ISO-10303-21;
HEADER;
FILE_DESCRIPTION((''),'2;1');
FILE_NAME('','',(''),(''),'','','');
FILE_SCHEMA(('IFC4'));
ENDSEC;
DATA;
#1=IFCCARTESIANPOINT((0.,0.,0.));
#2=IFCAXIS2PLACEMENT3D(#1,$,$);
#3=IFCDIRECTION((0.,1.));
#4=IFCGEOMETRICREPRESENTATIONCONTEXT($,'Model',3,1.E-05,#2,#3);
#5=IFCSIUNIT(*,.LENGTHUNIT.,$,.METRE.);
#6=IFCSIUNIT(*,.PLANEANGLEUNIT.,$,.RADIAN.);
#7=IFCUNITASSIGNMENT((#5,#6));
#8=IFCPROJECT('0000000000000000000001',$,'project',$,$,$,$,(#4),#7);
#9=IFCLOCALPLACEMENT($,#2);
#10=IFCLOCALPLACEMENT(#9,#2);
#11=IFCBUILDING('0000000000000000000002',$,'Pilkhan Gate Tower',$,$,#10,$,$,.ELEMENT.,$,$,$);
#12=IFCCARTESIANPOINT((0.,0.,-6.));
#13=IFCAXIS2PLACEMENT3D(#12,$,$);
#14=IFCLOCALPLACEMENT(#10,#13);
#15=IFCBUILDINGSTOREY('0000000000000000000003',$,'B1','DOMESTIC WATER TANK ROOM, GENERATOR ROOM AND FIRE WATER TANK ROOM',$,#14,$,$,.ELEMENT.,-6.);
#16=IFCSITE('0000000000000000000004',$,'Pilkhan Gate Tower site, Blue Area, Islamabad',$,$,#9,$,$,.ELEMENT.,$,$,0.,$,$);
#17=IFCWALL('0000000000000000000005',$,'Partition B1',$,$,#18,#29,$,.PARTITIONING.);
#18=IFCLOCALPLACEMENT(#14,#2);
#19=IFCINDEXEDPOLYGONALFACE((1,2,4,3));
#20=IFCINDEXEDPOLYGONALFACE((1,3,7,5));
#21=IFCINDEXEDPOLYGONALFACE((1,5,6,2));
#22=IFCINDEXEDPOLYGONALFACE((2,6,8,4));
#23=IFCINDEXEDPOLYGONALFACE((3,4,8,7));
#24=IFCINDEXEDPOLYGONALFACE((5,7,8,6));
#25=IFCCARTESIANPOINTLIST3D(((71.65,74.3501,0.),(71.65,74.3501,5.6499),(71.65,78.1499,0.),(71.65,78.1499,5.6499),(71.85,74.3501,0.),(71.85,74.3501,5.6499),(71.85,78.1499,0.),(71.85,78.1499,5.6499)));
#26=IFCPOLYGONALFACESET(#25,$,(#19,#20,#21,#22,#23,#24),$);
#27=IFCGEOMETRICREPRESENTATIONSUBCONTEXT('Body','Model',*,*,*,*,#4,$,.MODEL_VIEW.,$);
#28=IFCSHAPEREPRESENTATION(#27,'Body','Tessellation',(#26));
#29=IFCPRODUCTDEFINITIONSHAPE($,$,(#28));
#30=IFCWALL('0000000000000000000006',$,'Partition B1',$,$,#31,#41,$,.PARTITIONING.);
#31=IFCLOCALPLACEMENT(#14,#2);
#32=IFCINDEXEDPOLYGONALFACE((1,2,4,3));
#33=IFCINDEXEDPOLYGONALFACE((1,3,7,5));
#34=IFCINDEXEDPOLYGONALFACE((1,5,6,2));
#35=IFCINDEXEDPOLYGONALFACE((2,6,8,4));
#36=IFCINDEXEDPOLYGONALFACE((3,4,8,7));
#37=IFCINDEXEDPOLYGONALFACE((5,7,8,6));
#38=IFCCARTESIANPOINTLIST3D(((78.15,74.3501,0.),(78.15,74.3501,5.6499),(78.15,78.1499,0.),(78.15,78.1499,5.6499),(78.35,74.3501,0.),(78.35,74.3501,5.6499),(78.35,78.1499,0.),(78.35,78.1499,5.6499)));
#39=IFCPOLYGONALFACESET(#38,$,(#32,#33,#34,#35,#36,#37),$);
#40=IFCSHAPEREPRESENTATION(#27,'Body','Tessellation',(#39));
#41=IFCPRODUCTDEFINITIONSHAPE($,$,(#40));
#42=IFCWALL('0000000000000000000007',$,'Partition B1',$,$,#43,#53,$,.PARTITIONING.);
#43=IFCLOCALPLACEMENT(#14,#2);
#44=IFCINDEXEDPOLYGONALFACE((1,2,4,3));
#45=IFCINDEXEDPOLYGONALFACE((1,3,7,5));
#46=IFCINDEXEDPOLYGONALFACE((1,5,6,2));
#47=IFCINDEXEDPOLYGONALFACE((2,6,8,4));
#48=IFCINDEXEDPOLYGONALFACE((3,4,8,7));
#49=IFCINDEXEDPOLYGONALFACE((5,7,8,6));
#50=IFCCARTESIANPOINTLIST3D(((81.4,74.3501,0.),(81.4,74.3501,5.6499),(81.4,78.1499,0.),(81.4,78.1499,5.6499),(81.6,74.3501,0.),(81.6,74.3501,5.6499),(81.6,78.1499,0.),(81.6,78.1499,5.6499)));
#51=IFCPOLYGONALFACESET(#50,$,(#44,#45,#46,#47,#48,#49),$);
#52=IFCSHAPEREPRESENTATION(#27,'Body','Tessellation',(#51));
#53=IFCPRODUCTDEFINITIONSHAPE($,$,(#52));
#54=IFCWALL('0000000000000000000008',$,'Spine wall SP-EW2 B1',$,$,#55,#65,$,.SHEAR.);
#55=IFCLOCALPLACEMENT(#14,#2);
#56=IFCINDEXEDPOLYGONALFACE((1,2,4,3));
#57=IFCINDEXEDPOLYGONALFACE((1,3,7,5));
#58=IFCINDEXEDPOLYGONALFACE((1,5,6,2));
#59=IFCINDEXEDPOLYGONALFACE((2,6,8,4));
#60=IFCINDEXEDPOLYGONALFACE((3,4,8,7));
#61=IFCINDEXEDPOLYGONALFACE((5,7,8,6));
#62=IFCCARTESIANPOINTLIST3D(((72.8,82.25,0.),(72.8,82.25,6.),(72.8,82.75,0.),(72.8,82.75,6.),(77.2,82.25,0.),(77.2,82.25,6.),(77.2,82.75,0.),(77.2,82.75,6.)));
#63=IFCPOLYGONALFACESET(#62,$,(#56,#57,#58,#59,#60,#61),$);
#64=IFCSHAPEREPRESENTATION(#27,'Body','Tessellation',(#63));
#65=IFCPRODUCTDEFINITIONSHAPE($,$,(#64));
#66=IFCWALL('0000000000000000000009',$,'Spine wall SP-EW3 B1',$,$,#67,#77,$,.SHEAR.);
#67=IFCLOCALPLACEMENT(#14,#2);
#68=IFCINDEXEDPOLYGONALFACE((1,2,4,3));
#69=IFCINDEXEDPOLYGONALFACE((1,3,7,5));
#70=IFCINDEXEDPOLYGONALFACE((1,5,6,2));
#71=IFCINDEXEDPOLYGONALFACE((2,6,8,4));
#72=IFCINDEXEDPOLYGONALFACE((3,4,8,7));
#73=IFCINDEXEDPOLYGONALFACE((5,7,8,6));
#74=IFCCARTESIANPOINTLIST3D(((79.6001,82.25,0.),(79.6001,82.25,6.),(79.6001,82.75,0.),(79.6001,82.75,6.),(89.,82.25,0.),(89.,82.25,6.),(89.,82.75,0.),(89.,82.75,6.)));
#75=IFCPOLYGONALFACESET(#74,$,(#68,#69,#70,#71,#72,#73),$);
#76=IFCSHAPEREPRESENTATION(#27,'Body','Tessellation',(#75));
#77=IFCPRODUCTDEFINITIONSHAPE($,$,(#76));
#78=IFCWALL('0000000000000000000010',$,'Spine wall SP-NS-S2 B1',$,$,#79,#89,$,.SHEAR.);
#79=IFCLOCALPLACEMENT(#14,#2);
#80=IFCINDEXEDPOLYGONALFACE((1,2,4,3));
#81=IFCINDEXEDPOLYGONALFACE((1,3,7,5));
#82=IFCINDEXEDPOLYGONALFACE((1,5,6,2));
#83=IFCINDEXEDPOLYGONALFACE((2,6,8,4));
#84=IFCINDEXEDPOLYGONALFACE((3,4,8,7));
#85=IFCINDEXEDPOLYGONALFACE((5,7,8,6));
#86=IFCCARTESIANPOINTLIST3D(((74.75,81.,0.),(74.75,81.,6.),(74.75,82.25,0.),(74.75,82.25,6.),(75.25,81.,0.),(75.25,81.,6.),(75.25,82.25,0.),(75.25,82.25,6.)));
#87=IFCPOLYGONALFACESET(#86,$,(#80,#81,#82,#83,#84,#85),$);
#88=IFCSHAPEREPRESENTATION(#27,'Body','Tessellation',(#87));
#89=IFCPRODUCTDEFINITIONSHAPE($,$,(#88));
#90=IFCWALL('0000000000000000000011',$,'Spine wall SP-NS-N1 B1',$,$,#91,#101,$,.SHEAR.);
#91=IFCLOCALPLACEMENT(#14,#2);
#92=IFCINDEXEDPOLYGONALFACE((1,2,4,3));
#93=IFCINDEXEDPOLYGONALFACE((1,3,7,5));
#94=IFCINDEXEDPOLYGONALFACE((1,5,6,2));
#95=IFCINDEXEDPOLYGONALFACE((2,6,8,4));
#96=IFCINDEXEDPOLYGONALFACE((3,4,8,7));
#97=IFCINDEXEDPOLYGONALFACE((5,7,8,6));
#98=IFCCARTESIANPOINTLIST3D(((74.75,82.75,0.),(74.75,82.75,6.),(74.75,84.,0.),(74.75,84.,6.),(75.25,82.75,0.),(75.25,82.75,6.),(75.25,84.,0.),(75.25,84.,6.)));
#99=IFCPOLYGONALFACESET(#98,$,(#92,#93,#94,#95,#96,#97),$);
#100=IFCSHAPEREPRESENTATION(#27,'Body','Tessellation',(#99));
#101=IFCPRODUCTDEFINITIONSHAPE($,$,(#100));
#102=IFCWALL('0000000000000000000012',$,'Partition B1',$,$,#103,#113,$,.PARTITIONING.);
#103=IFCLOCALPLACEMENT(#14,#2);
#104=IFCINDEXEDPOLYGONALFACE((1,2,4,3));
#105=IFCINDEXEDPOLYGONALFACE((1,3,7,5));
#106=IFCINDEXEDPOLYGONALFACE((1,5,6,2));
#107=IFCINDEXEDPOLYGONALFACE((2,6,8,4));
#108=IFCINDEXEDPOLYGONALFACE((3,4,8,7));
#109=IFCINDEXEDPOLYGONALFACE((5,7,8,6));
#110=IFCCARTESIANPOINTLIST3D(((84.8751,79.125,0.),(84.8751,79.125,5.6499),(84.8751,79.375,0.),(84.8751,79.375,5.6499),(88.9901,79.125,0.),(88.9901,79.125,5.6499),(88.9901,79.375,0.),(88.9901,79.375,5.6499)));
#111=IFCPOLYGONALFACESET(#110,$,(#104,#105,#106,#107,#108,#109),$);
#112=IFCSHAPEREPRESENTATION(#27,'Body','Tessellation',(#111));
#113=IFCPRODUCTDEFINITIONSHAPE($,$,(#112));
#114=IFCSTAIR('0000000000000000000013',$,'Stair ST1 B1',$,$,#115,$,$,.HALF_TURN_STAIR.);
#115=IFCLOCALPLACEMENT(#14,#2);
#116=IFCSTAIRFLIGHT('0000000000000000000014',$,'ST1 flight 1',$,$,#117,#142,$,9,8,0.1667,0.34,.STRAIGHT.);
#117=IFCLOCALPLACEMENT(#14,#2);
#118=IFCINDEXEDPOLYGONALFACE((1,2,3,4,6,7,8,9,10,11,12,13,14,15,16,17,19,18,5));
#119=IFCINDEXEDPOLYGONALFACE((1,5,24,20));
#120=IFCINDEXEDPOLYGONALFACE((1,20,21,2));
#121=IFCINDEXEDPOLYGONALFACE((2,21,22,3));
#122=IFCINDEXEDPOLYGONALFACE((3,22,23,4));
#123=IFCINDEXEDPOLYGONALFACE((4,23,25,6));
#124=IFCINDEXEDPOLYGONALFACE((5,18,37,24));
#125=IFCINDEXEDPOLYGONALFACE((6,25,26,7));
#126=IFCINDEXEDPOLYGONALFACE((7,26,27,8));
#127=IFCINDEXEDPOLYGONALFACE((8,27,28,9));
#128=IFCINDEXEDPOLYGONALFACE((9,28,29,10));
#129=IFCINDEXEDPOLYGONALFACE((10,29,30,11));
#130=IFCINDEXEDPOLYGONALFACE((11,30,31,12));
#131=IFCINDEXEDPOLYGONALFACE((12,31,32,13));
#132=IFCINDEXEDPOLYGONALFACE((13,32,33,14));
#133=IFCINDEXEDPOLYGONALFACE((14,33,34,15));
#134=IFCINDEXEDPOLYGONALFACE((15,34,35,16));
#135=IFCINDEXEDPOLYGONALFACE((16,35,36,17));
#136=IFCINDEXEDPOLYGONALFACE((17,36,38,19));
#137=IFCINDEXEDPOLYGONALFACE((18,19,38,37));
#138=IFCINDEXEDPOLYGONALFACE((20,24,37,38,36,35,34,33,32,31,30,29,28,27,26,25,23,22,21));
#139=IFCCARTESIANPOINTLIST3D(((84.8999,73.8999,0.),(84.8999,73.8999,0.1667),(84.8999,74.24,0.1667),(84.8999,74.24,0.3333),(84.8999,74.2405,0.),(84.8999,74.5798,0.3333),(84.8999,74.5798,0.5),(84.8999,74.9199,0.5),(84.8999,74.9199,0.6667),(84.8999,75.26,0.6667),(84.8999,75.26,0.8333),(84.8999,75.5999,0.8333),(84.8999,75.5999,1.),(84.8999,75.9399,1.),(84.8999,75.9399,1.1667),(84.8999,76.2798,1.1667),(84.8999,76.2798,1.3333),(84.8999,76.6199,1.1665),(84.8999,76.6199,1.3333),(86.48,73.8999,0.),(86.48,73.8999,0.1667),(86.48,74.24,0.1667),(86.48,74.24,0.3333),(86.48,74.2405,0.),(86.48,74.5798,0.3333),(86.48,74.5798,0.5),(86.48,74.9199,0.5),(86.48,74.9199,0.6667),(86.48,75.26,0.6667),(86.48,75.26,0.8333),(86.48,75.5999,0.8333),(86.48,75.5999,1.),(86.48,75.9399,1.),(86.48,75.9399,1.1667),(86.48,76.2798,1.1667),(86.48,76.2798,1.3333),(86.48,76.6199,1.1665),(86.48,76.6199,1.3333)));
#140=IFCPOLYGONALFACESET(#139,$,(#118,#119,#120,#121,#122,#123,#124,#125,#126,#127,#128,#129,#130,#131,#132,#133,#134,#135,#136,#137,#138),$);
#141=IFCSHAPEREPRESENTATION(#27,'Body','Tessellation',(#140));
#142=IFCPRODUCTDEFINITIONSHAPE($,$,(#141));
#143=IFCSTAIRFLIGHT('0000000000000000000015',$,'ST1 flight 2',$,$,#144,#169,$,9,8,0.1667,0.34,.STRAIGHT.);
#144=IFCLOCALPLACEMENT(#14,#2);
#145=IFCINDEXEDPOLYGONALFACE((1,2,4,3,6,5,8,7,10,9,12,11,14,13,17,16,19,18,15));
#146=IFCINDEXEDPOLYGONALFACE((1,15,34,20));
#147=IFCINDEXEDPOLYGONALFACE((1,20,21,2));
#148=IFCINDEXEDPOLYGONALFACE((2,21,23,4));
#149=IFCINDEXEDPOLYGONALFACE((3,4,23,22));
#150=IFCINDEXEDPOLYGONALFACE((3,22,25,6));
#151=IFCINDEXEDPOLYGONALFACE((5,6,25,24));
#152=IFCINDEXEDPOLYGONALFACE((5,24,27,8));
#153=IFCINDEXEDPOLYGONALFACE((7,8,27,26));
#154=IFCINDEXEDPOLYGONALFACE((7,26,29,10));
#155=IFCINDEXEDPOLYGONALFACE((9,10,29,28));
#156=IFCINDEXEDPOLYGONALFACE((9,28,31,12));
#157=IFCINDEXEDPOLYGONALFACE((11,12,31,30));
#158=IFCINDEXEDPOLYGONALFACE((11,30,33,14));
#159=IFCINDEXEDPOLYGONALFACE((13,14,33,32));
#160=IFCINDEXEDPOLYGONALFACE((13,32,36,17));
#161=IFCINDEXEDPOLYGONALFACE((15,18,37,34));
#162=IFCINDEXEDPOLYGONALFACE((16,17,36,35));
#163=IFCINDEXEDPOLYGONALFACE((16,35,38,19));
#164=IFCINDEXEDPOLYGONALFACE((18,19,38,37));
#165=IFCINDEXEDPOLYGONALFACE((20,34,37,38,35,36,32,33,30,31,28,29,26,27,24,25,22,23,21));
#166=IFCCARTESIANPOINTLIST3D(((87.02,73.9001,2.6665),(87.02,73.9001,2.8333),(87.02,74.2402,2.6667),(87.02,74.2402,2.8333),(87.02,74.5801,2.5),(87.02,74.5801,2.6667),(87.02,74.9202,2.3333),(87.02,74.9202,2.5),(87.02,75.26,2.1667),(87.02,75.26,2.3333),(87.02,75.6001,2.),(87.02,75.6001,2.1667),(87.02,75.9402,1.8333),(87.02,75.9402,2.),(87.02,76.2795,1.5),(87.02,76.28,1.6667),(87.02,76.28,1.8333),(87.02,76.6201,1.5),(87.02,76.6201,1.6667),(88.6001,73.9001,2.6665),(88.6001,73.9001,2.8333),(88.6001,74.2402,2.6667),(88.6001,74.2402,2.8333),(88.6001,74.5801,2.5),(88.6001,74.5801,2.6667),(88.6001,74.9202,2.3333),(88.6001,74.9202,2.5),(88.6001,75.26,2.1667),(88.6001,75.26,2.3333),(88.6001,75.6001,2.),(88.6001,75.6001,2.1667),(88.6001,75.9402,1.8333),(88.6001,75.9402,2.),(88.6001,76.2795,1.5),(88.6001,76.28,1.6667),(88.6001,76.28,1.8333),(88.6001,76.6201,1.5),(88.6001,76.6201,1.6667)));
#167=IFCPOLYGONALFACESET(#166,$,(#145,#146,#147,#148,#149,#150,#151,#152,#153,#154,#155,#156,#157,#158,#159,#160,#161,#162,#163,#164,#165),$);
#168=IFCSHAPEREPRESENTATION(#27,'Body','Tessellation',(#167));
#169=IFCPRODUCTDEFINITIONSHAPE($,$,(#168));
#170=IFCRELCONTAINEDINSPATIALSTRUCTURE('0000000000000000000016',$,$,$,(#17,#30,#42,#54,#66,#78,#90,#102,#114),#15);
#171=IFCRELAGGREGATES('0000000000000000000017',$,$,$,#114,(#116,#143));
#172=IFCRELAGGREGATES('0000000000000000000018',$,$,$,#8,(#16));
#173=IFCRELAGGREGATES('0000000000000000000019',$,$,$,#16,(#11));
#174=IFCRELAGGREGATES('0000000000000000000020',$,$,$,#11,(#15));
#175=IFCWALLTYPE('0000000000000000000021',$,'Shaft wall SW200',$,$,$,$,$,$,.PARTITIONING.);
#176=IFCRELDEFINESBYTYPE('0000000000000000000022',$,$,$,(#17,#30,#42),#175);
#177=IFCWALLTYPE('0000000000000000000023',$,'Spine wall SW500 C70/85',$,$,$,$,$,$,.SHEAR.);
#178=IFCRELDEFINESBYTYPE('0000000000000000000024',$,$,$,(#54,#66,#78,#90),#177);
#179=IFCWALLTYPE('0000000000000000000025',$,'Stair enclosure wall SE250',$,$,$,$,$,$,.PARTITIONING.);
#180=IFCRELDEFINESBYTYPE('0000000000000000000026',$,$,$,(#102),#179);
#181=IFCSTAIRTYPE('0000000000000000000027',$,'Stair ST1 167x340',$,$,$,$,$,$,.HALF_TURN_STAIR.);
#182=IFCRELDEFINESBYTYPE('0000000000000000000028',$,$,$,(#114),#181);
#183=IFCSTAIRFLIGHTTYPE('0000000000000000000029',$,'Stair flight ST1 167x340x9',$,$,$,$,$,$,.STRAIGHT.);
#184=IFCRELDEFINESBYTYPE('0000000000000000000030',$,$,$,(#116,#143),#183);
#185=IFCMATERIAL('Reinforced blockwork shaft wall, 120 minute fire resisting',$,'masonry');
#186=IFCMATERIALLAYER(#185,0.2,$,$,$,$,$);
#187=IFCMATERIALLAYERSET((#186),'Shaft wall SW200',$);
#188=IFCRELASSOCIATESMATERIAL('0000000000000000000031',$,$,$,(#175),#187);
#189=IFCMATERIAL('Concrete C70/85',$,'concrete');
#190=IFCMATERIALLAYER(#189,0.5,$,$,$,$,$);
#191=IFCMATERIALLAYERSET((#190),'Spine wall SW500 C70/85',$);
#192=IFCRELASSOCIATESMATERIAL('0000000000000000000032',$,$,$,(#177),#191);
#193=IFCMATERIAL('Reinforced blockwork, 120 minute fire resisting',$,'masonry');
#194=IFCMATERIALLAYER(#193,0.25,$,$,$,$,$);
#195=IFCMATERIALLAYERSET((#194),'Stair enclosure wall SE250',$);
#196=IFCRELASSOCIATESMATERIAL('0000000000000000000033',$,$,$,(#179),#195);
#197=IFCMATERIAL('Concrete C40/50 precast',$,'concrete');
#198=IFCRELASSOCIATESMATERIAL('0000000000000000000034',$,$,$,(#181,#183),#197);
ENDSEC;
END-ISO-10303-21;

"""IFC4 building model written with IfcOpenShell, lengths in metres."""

from ifc_helpers import new_model, si_unit, direction, frame, frame_2d, origin, place, context, subcontext, project, spatial, polyline, rectangle, outline, extrude, material, layer, layer_set, type_object, element, aggregate, save


model = new_model("IFC4")

# Units and contexts
model_context = context("Model", 3, precision=1e-05, world=origin(), true_north=direction((0.0, 1.0)))
body_context = subcontext(model_context, "Body", "Model", "MODEL_VIEW")
ifc_project = project(units=[si_unit("LENGTHUNIT", "METRE"), si_unit("PLANEANGLEUNIT", "RADIAN")], contexts=[model_context])

# Site, building, storey
site_placement = place(None, origin())
site = spatial("IfcSite", under=ifc_project, at=site_placement, Name="Pilkhan Gate Tower site, Blue Area, Islamabad", CompositionType="ELEMENT", RefElevation=0.0)
building_placement = place(site_placement, origin())
building = spatial("IfcBuilding", under=site, at=building_placement, Name="Pilkhan Gate Tower", CompositionType="ELEMENT")
storey_placement = place(building_placement, frame((0.0, 0.0, -6.0)))
storey = spatial("IfcBuildingStorey", under=building, at=storey_placement, Name="B1", Description="DOMESTIC WATER TANK ROOM, GENERATOR ROOM AND FIRE WATER TANK ROOM", CompositionType="ELEMENT", Elevation=-6.0)

# Shared definitions
ifc_material_1 = material(Name="Concrete C70/85", Category="concrete")

# Walls
ifc_material_2 = material(Name="Reinforced blockwork shaft wall, 120 minute fire resisting", Category="masonry")
ifc_layer_1 = layer(ifc_material_2, 0.2)
ifc_layer_set_1 = layer_set([ifc_layer_1], Name="Shaft wall SW200")
wall_type_1 = type_object("IfcWallType", Name="Shaft wall SW200", PredefinedType="PARTITIONING", material=ifc_layer_set_1)
for number, where, z_axis, x_axis, name in (
    (1, (71.75, 74.3501, 0.0), (0.0, 0.0, 1.0), (0.0, 1.0, 0.0), "Partition B1"),
    (2, (78.25, 74.3501, 0.0), (0.0, 0.0, 1.0), (0.0, 1.0, 0.0), "Partition B1"),
    (3, (81.5, 74.3501, 0.0), (0.0, 0.0, 1.0), (0.0, 1.0, 0.0), "Partition B1"),
):
    element("IfcWall", number, at=place(storey_placement, frame(where, z_axis=z_axis, x_axis=x_axis)), inside=storey, type_object=wall_type_1, Name=name, PredefinedType="PARTITIONING", context=body_context, shape_type="SweptSolid", body=[
        extrude(rectangle(XDim=3.7998, YDim=0.2, at=frame_2d((1.8999, 0.0))), origin(), (0.0, 0.0, 1.0), 5.6499),
    ])
ifc_layer_2 = layer(ifc_material_1, 0.5)
ifc_layer_set_2 = layer_set([ifc_layer_2], Name="Spine wall SW500 C70/85")
wall_type_2 = type_object("IfcWallType", Name="Spine wall SW500 C70/85", PredefinedType="SHEAR", material=ifc_layer_set_2)
wall_1_placement = place(storey_placement, frame((72.8, 82.5, 0.0), z_axis=(0.0, 0.0, 1.0), x_axis=(1.0, 0.0, 0.0)))
element("IfcWall", 4, at=wall_1_placement, inside=storey, type_object=wall_type_2, Name="Spine wall SP-EW2 B1", PredefinedType="SHEAR", context=body_context, shape_type="SweptSolid", body=[
    extrude(rectangle(XDim=4.3999, YDim=0.5, at=frame_2d((2.2, 0.0))), origin(), (0.0, 0.0, 1.0), 6.0),
])
wall_2_placement = place(storey_placement, frame((79.6001, 82.5, 0.0), z_axis=(0.0, 0.0, 1.0), x_axis=(1.0, 0.0, 0.0)))
element("IfcWall", 5, at=wall_2_placement, inside=storey, type_object=wall_type_2, Name="Spine wall SP-EW3 B1", PredefinedType="SHEAR", context=body_context, shape_type="SweptSolid", body=[
    extrude(rectangle(XDim=9.3999, YDim=0.5, at=frame_2d((4.7, 0.0))), origin(), (0.0, 0.0, 1.0), 6.0),
])
for number, where, z_axis, x_axis, name in (
    (6, (75.0, 81.0, 0.0), (0.0, 0.0, 1.0), (0.0, 1.0, 0.0), "Spine wall SP-NS-S2 B1"),
    (7, (75.0, 82.75, 0.0), (0.0, 0.0, 1.0), (0.0, 1.0, 0.0), "Spine wall SP-NS-N1 B1"),
):
    element("IfcWall", number, at=place(storey_placement, frame(where, z_axis=z_axis, x_axis=x_axis)), inside=storey, type_object=wall_type_2, Name=name, PredefinedType="SHEAR", context=body_context, shape_type="SweptSolid", body=[
        extrude(rectangle(XDim=1.25, YDim=0.5, at=frame_2d((0.625, 0.0))), origin(), (0.0, 0.0, 1.0), 6.0),
    ])
ifc_material_3 = material(Name="Reinforced blockwork, 120 minute fire resisting", Category="masonry")
ifc_layer_3 = layer(ifc_material_3, 0.25)
ifc_layer_set_3 = layer_set([ifc_layer_3], Name="Stair enclosure wall SE250")
wall_type_3 = type_object("IfcWallType", Name="Stair enclosure wall SE250", PredefinedType="PARTITIONING", material=ifc_layer_set_3)
wall_3_placement = place(storey_placement, frame((84.875, 79.25, 0.0), z_axis=(0.0, 0.0, 1.0), x_axis=(1.0, 0.0, 0.0)))
element("IfcWall", 8, at=wall_3_placement, inside=storey, type_object=wall_type_3, Name="Partition B1", PredefinedType="PARTITIONING", context=body_context, shape_type="SweptSolid", body=[
    extrude(rectangle(XDim=4.115, YDim=0.25, at=frame_2d((2.0576, 0.0))), origin(), (0.0, 0.0, 1.0), 5.6499),
])

# Stair, stair flights
ifc_material_4 = material(Name="Concrete C40/50 precast", Category="concrete")
stair_type = type_object("IfcStairType", Name="Stair ST1 167x340", PredefinedType="HALF_TURN_STAIR", material=ifc_material_4)
stair_placement = place(storey_placement, origin())
stair = element("IfcStair", 9, at=stair_placement, inside=storey, type_object=stair_type, Name="Stair ST1 B1", PredefinedType="HALF_TURN_STAIR")
stair_flight_type = type_object("IfcStairFlightType", Name="Stair flight ST1 167x340x9", PredefinedType="STRAIGHT", material=ifc_material_4)
stair_flight_1_placement = place(storey_placement, frame((85.6899, 73.8999, 0.0), z_axis=(0.0, 0.0, 1.0), x_axis=(0.0, 1.0, 0.0)))
stair_flight_1 = element("IfcStairFlight", 10, at=stair_flight_1_placement, type_object=stair_flight_type, Name="ST1 flight 1", NumberOfRisers=9, NumberOfTreads=8, PredefinedType="STRAIGHT", RiserHeight=0.1667, TreadLength=0.34, context=body_context, shape_type="SweptSolid", body=[
    extrude(outline(polyline([(0.0, 0.0), (0.0, 0.1667), (0.3401, 0.1667), (0.3401, 0.3333), (0.6799, 0.3333), (0.6799, 0.5), (1.02, 0.5), (1.02, 0.6667), (1.3601, 0.6667), (1.3601, 0.8333), (1.7, 0.8333), (1.7, 1.0), (2.04, 1.0), (2.04, 1.1667), (2.3799, 1.1667), (2.3799, 1.3333), (2.72, 1.3333), (2.72, 1.5), (2.72, 1.1665), (0.3406, 0.0), (0.0, 0.0)])), frame((0.0, 0.79, 0.0), z_axis=(0.0, -1.0, 0.0), x_axis=(1.0, 0.0, 0.0)), (0.0, 0.0, 1.0), 1.5801),
])
stair_flight_2_placement = place(storey_placement, frame((87.8101, 76.6201, 1.5), z_axis=(0.0, 0.0, 1.0), x_axis=(0.0, -1.0, 0.0)))
stair_flight_2 = element("IfcStairFlight", 11, at=stair_flight_2_placement, type_object=stair_flight_type, Name="ST1 flight 2", NumberOfRisers=9, NumberOfTreads=8, PredefinedType="STRAIGHT", RiserHeight=0.1667, TreadLength=0.34, context=body_context, shape_type="SweptSolid", body=[
    extrude(outline(polyline([(0.0, 0.0), (0.0, 0.1667), (0.3401, 0.1667), (0.3401, 0.3333), (0.6799, 0.3333), (0.6799, 0.5), (1.02, 0.5), (1.02, 0.6667), (1.3601, 0.6667), (1.3601, 0.8333), (1.7, 0.8333), (1.7, 1.0), (2.04, 1.0), (2.04, 1.1667), (2.3799, 1.1667), (2.3799, 1.3333), (2.72, 1.3333), (2.72, 1.5), (2.72, 1.1665), (0.3406, 0.0), (0.0, 0.0)])), frame((0.0, 0.79, 0.0), z_axis=(0.0, -1.0, 0.0), x_axis=(1.0, 0.0, 0.0)), (0.0, 0.0, 1.0), 1.5801),
])
aggregate(stair, [stair_flight_1, stair_flight_2])

save(model, "model.ifc")
